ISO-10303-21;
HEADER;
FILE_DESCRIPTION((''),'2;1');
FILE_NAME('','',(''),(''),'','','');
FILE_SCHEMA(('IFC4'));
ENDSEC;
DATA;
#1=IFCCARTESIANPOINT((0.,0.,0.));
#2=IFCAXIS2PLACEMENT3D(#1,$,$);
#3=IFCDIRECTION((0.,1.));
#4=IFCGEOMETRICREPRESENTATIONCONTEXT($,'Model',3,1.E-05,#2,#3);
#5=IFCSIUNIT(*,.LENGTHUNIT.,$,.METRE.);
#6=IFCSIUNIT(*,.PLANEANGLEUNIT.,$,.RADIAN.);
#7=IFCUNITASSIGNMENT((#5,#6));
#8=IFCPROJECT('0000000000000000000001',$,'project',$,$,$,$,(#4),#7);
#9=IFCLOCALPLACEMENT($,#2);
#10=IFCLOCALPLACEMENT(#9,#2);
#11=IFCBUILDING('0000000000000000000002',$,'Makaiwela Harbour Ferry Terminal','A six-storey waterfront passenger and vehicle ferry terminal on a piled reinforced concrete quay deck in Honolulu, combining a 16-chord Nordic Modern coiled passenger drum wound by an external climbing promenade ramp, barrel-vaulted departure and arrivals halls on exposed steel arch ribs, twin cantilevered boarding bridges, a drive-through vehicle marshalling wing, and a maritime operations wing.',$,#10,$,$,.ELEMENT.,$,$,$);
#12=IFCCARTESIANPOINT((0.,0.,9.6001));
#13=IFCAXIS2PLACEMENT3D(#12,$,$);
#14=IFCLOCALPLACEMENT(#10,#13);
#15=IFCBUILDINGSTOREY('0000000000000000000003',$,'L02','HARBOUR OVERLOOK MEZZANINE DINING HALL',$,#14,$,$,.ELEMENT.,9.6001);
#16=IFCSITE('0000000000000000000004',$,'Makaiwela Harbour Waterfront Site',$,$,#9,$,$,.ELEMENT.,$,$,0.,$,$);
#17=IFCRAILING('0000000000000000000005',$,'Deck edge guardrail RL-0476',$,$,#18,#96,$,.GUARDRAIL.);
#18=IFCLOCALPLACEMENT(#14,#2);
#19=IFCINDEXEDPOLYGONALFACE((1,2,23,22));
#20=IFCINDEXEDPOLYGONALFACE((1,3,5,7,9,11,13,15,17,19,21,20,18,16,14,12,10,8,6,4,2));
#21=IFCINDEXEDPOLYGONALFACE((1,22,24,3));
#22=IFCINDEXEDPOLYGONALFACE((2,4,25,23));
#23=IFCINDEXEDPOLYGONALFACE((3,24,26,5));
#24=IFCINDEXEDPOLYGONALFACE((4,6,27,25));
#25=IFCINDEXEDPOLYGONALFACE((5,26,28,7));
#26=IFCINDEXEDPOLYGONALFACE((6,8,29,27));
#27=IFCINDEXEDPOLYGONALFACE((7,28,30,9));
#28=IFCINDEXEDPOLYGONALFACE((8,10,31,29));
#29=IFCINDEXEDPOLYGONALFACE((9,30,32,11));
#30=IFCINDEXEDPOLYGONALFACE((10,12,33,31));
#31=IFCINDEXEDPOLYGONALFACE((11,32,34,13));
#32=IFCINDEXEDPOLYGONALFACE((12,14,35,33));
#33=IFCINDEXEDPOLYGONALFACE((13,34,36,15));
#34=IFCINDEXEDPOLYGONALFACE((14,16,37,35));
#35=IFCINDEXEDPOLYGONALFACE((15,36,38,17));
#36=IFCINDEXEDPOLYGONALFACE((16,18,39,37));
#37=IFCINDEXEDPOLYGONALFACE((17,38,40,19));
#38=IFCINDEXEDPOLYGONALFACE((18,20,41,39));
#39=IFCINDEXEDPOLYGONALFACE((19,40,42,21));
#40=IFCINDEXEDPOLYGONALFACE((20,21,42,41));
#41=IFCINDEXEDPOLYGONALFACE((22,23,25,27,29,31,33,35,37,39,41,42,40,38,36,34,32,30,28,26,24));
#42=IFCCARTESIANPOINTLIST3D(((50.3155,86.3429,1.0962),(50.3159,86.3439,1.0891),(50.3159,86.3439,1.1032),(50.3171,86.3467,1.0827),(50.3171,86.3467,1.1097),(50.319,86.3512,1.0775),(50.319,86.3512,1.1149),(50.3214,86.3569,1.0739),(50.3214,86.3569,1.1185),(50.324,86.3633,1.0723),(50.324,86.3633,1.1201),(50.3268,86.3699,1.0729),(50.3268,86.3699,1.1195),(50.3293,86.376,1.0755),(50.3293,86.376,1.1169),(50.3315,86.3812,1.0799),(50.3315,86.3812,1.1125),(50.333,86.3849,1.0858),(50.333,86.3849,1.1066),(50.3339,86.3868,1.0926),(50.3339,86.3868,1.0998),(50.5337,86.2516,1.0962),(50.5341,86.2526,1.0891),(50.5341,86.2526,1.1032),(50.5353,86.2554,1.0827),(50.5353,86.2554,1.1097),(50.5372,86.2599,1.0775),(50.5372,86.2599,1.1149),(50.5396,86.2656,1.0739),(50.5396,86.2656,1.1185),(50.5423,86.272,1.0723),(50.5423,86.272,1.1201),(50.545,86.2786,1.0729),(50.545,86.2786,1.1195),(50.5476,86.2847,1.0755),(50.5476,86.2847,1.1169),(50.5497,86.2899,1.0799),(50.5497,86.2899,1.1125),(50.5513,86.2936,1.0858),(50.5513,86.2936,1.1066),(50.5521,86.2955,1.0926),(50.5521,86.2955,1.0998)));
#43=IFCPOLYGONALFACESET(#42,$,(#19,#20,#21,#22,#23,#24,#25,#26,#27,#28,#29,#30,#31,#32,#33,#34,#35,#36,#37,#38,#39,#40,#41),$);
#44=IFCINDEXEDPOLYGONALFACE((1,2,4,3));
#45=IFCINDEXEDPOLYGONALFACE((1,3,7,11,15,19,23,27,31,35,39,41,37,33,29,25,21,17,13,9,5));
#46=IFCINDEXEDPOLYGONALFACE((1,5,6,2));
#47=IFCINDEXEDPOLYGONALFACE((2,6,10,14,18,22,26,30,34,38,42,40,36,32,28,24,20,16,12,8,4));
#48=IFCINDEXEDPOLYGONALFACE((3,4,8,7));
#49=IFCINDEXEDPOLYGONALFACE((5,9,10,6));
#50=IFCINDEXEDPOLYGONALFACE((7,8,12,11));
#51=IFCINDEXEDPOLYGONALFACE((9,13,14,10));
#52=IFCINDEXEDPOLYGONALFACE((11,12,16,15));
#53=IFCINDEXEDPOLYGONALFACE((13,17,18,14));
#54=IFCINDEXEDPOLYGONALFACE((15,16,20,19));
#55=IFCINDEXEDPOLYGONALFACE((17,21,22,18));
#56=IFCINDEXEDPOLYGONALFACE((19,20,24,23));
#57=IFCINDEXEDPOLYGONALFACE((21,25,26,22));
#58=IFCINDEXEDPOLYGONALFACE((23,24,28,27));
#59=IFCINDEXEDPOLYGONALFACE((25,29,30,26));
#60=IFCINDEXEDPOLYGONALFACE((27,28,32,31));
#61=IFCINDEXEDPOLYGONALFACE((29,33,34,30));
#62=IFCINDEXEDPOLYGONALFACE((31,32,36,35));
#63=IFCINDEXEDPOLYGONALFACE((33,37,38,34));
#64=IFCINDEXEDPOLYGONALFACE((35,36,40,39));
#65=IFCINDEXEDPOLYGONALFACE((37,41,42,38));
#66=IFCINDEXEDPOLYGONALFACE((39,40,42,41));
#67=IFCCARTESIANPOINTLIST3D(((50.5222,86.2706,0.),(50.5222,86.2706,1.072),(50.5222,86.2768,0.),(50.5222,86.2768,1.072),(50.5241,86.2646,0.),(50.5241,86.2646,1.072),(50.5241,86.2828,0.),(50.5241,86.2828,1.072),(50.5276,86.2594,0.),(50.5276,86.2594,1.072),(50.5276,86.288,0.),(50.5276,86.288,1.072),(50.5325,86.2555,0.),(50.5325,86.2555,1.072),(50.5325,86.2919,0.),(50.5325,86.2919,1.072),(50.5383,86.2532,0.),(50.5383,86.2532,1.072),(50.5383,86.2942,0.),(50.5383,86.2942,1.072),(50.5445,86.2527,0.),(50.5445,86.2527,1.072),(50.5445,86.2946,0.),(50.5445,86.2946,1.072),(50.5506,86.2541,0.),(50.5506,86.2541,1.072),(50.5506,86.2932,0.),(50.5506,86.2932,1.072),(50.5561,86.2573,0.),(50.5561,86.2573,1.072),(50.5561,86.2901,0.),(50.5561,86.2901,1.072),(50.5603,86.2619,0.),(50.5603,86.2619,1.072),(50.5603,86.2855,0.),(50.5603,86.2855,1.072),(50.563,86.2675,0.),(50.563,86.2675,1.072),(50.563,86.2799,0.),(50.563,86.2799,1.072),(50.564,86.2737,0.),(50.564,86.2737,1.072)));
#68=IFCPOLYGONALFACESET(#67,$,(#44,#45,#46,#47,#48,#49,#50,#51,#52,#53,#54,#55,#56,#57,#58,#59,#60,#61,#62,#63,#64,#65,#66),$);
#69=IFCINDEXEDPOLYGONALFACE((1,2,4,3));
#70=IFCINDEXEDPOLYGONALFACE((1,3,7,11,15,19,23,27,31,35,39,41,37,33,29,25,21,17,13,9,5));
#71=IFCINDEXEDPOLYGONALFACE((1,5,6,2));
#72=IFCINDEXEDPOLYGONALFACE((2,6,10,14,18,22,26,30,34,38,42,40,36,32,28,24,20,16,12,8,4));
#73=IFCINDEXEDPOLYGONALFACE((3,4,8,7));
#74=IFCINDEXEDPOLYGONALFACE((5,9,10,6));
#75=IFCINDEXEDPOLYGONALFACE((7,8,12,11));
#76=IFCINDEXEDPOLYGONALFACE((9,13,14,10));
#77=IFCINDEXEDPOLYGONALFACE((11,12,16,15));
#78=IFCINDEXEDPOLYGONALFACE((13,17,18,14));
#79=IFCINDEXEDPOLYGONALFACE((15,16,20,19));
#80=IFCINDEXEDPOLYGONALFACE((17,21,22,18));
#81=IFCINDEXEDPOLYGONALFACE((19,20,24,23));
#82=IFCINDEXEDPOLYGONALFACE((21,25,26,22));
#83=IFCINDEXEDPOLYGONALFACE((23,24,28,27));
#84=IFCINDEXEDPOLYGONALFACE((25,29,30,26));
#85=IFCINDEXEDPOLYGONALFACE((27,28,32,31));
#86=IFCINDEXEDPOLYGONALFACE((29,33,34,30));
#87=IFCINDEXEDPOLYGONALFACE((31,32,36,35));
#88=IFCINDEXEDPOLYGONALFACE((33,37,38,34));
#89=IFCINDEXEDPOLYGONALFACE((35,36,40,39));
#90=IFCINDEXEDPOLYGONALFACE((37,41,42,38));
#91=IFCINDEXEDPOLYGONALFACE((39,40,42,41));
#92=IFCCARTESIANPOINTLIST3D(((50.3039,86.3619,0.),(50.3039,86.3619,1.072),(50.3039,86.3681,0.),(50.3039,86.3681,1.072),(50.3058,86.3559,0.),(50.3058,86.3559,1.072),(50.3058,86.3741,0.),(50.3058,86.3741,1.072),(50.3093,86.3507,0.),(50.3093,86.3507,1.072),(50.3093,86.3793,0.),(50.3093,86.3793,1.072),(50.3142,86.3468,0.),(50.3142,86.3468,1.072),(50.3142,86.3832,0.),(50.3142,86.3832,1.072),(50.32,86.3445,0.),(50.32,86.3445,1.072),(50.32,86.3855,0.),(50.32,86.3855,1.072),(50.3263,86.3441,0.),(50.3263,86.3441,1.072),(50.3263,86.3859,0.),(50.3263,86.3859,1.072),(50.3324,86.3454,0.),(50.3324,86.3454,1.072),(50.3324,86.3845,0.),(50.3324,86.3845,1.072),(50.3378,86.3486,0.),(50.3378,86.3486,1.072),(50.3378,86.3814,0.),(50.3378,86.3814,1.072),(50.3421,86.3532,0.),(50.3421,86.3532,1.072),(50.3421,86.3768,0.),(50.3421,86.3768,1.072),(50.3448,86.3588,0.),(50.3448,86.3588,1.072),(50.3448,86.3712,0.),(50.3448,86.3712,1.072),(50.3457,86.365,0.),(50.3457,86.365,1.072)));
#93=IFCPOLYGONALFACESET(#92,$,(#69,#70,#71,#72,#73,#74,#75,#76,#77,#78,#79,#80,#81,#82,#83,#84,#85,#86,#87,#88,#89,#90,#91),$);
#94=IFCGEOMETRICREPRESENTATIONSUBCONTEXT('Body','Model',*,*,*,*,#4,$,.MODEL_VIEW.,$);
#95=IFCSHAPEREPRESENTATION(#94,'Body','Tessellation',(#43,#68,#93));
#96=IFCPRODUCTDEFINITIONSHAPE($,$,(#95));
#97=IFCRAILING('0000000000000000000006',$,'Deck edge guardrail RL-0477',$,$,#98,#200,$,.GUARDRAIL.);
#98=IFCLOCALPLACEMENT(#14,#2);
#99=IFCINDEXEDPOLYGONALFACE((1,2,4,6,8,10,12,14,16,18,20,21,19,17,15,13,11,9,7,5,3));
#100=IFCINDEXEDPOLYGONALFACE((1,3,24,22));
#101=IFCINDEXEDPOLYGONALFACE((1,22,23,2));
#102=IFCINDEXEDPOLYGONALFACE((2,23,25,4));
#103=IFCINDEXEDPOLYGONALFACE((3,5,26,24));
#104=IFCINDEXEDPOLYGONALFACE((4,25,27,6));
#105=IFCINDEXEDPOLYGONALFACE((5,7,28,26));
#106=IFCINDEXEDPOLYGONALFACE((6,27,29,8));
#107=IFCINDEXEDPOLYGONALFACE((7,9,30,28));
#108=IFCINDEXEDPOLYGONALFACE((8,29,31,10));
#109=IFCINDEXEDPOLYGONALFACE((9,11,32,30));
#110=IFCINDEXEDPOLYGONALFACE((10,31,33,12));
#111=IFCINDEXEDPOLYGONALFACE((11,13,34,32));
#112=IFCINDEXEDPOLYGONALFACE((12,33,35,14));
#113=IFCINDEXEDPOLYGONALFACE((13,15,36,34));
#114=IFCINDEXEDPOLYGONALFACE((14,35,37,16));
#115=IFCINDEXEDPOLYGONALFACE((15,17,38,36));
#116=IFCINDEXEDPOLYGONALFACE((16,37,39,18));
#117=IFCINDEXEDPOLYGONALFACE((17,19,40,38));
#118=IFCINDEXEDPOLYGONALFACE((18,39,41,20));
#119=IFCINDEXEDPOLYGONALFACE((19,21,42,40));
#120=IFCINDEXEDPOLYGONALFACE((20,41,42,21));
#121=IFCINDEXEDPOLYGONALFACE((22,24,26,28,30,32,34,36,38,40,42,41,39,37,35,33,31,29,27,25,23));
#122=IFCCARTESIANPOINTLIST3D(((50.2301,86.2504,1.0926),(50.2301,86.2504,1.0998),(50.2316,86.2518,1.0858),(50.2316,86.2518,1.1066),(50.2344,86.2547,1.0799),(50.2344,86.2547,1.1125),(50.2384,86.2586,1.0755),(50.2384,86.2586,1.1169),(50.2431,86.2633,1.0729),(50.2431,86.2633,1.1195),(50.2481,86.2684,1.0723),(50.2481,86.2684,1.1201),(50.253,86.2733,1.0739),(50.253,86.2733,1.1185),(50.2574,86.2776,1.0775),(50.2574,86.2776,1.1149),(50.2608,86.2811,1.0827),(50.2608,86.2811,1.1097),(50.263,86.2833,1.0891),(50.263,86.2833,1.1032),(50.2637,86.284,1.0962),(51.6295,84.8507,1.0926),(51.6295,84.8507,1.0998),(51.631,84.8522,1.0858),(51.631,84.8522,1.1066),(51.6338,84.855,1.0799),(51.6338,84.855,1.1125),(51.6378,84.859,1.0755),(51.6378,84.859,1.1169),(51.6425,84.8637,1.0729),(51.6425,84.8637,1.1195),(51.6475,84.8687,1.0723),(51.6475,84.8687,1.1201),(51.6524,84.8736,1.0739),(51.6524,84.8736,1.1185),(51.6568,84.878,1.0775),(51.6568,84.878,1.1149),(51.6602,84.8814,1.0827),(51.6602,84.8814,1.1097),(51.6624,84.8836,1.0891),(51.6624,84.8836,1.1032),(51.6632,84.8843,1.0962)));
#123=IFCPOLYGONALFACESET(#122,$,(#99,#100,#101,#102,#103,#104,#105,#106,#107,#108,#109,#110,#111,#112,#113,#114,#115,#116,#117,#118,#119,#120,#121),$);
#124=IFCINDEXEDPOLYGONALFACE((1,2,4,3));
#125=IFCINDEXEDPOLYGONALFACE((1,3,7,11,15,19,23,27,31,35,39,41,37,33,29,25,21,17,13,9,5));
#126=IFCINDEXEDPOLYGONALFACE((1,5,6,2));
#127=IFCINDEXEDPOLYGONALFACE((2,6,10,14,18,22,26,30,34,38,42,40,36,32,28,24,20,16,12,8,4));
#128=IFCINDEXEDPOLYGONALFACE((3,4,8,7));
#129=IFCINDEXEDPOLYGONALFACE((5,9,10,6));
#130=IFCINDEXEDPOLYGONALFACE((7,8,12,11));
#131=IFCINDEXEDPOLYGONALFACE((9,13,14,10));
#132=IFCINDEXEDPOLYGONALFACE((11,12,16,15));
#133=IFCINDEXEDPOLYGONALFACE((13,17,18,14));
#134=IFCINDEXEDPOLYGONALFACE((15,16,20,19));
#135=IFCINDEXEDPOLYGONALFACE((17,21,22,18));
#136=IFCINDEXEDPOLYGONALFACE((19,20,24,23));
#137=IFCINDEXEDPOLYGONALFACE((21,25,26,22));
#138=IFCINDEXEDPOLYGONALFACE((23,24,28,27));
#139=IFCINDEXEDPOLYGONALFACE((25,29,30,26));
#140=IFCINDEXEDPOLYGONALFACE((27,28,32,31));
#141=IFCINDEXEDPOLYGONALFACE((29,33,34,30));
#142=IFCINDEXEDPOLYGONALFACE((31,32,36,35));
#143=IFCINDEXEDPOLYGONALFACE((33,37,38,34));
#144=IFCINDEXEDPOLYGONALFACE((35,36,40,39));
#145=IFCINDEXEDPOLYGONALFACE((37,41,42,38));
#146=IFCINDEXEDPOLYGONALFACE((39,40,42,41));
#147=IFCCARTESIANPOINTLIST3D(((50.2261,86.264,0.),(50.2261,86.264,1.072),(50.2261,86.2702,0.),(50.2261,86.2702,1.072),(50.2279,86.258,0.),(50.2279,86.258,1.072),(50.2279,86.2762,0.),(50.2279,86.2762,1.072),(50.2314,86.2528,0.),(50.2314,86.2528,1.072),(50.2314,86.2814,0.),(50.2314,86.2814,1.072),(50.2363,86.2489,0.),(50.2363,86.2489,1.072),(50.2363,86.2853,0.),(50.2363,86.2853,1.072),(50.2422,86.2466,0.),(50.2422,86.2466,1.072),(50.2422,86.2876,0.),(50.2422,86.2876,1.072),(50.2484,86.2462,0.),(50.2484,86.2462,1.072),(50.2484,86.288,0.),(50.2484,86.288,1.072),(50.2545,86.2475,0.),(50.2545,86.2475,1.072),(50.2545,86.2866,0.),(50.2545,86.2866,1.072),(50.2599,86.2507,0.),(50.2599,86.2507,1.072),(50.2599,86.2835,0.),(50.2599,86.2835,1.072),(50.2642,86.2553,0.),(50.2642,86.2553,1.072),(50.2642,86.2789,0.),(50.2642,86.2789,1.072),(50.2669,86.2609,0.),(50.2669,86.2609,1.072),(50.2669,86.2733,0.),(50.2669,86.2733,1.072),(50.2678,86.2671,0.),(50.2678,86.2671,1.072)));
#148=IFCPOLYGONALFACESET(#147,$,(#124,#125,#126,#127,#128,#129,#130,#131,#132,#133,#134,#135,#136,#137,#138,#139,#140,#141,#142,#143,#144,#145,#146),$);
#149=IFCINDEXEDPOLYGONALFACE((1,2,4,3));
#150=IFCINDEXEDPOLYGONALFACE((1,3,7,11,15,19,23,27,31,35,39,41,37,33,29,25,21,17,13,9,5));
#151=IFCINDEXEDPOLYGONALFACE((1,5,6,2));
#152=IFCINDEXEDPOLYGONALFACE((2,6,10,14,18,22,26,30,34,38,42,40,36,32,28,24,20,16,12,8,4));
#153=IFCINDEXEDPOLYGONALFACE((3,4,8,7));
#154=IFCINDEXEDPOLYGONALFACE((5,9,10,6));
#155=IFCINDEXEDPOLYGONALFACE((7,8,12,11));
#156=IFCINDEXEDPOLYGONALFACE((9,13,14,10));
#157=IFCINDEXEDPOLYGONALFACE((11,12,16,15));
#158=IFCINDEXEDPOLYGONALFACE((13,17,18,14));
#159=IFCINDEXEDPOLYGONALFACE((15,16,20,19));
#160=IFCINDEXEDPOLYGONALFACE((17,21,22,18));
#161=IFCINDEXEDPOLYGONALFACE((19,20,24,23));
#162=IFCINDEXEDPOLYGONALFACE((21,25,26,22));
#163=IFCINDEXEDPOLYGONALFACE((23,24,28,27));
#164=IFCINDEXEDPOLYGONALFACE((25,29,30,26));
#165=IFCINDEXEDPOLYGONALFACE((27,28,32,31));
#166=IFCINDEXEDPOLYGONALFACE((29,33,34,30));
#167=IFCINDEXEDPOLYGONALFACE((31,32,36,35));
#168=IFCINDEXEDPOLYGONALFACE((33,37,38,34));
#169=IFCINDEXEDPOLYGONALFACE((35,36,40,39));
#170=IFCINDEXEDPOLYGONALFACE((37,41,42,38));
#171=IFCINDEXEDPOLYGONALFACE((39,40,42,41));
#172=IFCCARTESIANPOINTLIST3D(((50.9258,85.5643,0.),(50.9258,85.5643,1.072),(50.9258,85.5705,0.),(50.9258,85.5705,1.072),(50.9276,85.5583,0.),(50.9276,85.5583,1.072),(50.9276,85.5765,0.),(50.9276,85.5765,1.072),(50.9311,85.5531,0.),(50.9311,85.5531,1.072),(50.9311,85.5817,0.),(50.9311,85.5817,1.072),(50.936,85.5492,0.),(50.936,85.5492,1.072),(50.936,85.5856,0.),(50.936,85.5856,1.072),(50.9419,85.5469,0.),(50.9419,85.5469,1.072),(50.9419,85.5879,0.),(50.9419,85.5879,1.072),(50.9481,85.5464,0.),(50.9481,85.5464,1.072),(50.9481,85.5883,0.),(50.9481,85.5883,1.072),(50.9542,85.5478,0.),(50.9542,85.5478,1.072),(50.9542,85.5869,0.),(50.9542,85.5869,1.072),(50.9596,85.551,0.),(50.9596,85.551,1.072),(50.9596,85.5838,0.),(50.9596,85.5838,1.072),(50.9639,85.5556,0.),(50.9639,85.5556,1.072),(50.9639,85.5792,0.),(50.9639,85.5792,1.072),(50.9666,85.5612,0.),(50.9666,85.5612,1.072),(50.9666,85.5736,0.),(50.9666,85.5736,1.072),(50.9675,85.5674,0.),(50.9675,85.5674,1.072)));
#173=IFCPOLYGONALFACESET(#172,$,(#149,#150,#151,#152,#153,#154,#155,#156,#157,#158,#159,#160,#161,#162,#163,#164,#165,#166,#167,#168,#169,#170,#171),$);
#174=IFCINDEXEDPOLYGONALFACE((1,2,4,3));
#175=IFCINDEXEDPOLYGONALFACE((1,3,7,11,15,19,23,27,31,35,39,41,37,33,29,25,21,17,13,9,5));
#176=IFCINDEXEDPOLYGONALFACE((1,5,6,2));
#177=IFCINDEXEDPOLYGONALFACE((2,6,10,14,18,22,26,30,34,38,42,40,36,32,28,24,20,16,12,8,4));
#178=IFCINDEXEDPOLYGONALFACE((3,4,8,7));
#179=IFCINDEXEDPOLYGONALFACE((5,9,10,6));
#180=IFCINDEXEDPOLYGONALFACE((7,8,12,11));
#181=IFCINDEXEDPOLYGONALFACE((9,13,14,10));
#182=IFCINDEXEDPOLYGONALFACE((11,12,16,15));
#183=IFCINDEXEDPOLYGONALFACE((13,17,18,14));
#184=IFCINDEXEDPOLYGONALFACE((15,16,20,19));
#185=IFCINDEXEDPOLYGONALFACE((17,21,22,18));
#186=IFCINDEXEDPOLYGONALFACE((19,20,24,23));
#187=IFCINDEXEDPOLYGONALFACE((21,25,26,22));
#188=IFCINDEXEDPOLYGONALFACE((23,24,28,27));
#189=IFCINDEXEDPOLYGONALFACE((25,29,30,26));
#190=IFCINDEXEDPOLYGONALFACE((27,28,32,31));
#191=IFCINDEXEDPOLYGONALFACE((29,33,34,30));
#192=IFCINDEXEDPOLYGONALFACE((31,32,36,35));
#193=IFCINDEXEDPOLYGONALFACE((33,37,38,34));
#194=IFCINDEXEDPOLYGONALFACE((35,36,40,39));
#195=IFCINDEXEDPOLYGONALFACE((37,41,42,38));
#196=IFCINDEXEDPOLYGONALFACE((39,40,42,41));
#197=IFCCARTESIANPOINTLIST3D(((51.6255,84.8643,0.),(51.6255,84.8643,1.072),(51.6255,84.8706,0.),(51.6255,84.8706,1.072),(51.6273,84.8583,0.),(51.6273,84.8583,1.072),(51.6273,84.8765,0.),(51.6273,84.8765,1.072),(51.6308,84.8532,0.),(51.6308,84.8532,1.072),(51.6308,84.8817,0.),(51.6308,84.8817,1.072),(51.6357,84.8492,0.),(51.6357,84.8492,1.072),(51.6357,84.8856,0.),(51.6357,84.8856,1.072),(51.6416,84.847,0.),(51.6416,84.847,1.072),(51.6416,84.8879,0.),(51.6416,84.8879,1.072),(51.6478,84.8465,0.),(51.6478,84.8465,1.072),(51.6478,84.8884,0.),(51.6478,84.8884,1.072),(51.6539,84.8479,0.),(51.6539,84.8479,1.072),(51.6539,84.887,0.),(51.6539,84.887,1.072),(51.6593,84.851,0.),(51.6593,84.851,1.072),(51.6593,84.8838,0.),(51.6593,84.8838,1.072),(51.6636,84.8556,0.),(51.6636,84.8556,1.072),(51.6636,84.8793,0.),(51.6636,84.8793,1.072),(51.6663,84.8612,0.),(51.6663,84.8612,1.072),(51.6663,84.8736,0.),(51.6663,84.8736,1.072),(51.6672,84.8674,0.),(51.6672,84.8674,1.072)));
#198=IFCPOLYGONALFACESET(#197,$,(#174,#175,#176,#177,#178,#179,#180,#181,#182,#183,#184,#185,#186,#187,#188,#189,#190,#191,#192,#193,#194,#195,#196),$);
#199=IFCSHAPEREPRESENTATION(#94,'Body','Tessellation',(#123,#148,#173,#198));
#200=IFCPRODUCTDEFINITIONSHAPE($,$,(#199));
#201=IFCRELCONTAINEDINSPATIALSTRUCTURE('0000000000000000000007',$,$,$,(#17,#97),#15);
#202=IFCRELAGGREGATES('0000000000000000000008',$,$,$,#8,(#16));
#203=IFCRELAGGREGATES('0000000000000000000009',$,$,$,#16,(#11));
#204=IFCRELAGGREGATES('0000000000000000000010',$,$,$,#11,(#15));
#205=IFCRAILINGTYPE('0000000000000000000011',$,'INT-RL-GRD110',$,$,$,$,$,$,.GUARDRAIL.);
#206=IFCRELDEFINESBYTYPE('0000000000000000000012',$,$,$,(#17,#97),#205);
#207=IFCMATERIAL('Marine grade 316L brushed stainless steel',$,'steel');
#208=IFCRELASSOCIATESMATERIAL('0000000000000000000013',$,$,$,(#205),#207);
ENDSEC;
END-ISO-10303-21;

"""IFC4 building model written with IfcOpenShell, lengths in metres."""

from ifc_helpers import new_model, si_unit, direction, frame, origin, origin_2d, place, context, subcontext, project, spatial, circle, extrude, material, type_object, element, save


model = new_model("IFC4")

# Units and contexts
model_context = context("Model", 3, precision=1e-05, world=origin(), true_north=direction((0.0, 1.0)))
body_context = subcontext(model_context, "Body", "Model", "MODEL_VIEW")
ifc_project = project(units=[si_unit("LENGTHUNIT", "METRE"), si_unit("PLANEANGLEUNIT", "RADIAN")], contexts=[model_context])

# Site, building, storey
site_placement = place(None, origin())
site = spatial("IfcSite", under=ifc_project, at=site_placement, Name="Makaiwela Harbour Waterfront Site", CompositionType="ELEMENT", RefElevation=0.0)
building_placement = place(site_placement, origin())
building = spatial("IfcBuilding", under=site, at=building_placement, Name="Makaiwela Harbour Ferry Terminal", Description="A six-storey waterfront passenger and vehicle ferry terminal on a piled reinforced concrete quay deck in Honolulu, combining a 16-chord Nordic Modern coiled passenger drum wound by an external climbing promenade ramp, barrel-vaulted departure and arrivals halls on exposed steel arch ribs, twin cantilevered boarding bridges, a drive-through vehicle marshalling wing, and a maritime operations wing.", CompositionType="ELEMENT")
storey_placement = place(building_placement, frame((0.0, 0.0, 9.6001)))
storey = spatial("IfcBuildingStorey", under=building, at=storey_placement, Name="L02", Description="HARBOUR OVERLOOK MEZZANINE DINING HALL", CompositionType="ELEMENT", Elevation=9.6001)

# Railings
ifc_material_1 = material(Name="Marine grade 316L brushed stainless steel", Category="steel")
railing_type = type_object("IfcRailingType", Name="INT-RL-GRD110", PredefinedType="GUARDRAIL", material=ifc_material_1)
railing_1_placement = place(storey_placement, frame((50.543, 86.2737, 0.0)))
element("IfcRailing", 1, at=railing_1_placement, inside=storey, type_object=railing_type, Name="Deck edge guardrail RL-0476", PredefinedType="GUARDRAIL", context=body_context, shape_type="SweptSolid", body=[
    extrude(circle(Radius=0.0239, at=origin_2d()), frame((0.0, 0.0, 1.0962), z_axis=(-0.922526, 0.385934, 0.0), x_axis=(-0.385934, -0.922526, 0.0)), (0.0, 0.0, 1.0), 0.2366),
    extrude(circle(Radius=0.021, at=origin_2d()), origin(), (0.0, 0.0, 1.0), 1.072),
    extrude(circle(Radius=0.021, at=origin_2d()), frame((-0.2183, 0.0913, 0.0)), (0.0, 0.0, 1.0), 1.072),
])
railing_2_placement = place(storey_placement, frame((50.2468, 86.2671, 0.0)))
element("IfcRailing", 2, at=railing_2_placement, inside=storey, type_object=railing_type, Name="Deck edge guardrail RL-0477", PredefinedType="GUARDRAIL", context=body_context, shape_type="SweptSolid", body=[
    extrude(circle(Radius=0.0239, at=origin_2d()), frame((0.0, 0.0, 1.0962), z_axis=(0.707045, -0.707168, 0.0), x_axis=(0.707168, 0.707045, 0.0)), (0.0, 0.0, 1.0), 1.9792),
    extrude(circle(Radius=0.021, at=origin_2d()), origin(), (0.0, 0.0, 1.0), 1.072),
    extrude(circle(Radius=0.021, at=origin_2d()), frame((0.6997, -0.6997, 0.0)), (0.0, 0.0, 1.0), 1.072),
    extrude(circle(Radius=0.021, at=origin_2d()), frame((1.3994, -1.3997, 0.0)), (0.0, 0.0, 1.0), 1.072),
])

save(model, "model.ifc")
